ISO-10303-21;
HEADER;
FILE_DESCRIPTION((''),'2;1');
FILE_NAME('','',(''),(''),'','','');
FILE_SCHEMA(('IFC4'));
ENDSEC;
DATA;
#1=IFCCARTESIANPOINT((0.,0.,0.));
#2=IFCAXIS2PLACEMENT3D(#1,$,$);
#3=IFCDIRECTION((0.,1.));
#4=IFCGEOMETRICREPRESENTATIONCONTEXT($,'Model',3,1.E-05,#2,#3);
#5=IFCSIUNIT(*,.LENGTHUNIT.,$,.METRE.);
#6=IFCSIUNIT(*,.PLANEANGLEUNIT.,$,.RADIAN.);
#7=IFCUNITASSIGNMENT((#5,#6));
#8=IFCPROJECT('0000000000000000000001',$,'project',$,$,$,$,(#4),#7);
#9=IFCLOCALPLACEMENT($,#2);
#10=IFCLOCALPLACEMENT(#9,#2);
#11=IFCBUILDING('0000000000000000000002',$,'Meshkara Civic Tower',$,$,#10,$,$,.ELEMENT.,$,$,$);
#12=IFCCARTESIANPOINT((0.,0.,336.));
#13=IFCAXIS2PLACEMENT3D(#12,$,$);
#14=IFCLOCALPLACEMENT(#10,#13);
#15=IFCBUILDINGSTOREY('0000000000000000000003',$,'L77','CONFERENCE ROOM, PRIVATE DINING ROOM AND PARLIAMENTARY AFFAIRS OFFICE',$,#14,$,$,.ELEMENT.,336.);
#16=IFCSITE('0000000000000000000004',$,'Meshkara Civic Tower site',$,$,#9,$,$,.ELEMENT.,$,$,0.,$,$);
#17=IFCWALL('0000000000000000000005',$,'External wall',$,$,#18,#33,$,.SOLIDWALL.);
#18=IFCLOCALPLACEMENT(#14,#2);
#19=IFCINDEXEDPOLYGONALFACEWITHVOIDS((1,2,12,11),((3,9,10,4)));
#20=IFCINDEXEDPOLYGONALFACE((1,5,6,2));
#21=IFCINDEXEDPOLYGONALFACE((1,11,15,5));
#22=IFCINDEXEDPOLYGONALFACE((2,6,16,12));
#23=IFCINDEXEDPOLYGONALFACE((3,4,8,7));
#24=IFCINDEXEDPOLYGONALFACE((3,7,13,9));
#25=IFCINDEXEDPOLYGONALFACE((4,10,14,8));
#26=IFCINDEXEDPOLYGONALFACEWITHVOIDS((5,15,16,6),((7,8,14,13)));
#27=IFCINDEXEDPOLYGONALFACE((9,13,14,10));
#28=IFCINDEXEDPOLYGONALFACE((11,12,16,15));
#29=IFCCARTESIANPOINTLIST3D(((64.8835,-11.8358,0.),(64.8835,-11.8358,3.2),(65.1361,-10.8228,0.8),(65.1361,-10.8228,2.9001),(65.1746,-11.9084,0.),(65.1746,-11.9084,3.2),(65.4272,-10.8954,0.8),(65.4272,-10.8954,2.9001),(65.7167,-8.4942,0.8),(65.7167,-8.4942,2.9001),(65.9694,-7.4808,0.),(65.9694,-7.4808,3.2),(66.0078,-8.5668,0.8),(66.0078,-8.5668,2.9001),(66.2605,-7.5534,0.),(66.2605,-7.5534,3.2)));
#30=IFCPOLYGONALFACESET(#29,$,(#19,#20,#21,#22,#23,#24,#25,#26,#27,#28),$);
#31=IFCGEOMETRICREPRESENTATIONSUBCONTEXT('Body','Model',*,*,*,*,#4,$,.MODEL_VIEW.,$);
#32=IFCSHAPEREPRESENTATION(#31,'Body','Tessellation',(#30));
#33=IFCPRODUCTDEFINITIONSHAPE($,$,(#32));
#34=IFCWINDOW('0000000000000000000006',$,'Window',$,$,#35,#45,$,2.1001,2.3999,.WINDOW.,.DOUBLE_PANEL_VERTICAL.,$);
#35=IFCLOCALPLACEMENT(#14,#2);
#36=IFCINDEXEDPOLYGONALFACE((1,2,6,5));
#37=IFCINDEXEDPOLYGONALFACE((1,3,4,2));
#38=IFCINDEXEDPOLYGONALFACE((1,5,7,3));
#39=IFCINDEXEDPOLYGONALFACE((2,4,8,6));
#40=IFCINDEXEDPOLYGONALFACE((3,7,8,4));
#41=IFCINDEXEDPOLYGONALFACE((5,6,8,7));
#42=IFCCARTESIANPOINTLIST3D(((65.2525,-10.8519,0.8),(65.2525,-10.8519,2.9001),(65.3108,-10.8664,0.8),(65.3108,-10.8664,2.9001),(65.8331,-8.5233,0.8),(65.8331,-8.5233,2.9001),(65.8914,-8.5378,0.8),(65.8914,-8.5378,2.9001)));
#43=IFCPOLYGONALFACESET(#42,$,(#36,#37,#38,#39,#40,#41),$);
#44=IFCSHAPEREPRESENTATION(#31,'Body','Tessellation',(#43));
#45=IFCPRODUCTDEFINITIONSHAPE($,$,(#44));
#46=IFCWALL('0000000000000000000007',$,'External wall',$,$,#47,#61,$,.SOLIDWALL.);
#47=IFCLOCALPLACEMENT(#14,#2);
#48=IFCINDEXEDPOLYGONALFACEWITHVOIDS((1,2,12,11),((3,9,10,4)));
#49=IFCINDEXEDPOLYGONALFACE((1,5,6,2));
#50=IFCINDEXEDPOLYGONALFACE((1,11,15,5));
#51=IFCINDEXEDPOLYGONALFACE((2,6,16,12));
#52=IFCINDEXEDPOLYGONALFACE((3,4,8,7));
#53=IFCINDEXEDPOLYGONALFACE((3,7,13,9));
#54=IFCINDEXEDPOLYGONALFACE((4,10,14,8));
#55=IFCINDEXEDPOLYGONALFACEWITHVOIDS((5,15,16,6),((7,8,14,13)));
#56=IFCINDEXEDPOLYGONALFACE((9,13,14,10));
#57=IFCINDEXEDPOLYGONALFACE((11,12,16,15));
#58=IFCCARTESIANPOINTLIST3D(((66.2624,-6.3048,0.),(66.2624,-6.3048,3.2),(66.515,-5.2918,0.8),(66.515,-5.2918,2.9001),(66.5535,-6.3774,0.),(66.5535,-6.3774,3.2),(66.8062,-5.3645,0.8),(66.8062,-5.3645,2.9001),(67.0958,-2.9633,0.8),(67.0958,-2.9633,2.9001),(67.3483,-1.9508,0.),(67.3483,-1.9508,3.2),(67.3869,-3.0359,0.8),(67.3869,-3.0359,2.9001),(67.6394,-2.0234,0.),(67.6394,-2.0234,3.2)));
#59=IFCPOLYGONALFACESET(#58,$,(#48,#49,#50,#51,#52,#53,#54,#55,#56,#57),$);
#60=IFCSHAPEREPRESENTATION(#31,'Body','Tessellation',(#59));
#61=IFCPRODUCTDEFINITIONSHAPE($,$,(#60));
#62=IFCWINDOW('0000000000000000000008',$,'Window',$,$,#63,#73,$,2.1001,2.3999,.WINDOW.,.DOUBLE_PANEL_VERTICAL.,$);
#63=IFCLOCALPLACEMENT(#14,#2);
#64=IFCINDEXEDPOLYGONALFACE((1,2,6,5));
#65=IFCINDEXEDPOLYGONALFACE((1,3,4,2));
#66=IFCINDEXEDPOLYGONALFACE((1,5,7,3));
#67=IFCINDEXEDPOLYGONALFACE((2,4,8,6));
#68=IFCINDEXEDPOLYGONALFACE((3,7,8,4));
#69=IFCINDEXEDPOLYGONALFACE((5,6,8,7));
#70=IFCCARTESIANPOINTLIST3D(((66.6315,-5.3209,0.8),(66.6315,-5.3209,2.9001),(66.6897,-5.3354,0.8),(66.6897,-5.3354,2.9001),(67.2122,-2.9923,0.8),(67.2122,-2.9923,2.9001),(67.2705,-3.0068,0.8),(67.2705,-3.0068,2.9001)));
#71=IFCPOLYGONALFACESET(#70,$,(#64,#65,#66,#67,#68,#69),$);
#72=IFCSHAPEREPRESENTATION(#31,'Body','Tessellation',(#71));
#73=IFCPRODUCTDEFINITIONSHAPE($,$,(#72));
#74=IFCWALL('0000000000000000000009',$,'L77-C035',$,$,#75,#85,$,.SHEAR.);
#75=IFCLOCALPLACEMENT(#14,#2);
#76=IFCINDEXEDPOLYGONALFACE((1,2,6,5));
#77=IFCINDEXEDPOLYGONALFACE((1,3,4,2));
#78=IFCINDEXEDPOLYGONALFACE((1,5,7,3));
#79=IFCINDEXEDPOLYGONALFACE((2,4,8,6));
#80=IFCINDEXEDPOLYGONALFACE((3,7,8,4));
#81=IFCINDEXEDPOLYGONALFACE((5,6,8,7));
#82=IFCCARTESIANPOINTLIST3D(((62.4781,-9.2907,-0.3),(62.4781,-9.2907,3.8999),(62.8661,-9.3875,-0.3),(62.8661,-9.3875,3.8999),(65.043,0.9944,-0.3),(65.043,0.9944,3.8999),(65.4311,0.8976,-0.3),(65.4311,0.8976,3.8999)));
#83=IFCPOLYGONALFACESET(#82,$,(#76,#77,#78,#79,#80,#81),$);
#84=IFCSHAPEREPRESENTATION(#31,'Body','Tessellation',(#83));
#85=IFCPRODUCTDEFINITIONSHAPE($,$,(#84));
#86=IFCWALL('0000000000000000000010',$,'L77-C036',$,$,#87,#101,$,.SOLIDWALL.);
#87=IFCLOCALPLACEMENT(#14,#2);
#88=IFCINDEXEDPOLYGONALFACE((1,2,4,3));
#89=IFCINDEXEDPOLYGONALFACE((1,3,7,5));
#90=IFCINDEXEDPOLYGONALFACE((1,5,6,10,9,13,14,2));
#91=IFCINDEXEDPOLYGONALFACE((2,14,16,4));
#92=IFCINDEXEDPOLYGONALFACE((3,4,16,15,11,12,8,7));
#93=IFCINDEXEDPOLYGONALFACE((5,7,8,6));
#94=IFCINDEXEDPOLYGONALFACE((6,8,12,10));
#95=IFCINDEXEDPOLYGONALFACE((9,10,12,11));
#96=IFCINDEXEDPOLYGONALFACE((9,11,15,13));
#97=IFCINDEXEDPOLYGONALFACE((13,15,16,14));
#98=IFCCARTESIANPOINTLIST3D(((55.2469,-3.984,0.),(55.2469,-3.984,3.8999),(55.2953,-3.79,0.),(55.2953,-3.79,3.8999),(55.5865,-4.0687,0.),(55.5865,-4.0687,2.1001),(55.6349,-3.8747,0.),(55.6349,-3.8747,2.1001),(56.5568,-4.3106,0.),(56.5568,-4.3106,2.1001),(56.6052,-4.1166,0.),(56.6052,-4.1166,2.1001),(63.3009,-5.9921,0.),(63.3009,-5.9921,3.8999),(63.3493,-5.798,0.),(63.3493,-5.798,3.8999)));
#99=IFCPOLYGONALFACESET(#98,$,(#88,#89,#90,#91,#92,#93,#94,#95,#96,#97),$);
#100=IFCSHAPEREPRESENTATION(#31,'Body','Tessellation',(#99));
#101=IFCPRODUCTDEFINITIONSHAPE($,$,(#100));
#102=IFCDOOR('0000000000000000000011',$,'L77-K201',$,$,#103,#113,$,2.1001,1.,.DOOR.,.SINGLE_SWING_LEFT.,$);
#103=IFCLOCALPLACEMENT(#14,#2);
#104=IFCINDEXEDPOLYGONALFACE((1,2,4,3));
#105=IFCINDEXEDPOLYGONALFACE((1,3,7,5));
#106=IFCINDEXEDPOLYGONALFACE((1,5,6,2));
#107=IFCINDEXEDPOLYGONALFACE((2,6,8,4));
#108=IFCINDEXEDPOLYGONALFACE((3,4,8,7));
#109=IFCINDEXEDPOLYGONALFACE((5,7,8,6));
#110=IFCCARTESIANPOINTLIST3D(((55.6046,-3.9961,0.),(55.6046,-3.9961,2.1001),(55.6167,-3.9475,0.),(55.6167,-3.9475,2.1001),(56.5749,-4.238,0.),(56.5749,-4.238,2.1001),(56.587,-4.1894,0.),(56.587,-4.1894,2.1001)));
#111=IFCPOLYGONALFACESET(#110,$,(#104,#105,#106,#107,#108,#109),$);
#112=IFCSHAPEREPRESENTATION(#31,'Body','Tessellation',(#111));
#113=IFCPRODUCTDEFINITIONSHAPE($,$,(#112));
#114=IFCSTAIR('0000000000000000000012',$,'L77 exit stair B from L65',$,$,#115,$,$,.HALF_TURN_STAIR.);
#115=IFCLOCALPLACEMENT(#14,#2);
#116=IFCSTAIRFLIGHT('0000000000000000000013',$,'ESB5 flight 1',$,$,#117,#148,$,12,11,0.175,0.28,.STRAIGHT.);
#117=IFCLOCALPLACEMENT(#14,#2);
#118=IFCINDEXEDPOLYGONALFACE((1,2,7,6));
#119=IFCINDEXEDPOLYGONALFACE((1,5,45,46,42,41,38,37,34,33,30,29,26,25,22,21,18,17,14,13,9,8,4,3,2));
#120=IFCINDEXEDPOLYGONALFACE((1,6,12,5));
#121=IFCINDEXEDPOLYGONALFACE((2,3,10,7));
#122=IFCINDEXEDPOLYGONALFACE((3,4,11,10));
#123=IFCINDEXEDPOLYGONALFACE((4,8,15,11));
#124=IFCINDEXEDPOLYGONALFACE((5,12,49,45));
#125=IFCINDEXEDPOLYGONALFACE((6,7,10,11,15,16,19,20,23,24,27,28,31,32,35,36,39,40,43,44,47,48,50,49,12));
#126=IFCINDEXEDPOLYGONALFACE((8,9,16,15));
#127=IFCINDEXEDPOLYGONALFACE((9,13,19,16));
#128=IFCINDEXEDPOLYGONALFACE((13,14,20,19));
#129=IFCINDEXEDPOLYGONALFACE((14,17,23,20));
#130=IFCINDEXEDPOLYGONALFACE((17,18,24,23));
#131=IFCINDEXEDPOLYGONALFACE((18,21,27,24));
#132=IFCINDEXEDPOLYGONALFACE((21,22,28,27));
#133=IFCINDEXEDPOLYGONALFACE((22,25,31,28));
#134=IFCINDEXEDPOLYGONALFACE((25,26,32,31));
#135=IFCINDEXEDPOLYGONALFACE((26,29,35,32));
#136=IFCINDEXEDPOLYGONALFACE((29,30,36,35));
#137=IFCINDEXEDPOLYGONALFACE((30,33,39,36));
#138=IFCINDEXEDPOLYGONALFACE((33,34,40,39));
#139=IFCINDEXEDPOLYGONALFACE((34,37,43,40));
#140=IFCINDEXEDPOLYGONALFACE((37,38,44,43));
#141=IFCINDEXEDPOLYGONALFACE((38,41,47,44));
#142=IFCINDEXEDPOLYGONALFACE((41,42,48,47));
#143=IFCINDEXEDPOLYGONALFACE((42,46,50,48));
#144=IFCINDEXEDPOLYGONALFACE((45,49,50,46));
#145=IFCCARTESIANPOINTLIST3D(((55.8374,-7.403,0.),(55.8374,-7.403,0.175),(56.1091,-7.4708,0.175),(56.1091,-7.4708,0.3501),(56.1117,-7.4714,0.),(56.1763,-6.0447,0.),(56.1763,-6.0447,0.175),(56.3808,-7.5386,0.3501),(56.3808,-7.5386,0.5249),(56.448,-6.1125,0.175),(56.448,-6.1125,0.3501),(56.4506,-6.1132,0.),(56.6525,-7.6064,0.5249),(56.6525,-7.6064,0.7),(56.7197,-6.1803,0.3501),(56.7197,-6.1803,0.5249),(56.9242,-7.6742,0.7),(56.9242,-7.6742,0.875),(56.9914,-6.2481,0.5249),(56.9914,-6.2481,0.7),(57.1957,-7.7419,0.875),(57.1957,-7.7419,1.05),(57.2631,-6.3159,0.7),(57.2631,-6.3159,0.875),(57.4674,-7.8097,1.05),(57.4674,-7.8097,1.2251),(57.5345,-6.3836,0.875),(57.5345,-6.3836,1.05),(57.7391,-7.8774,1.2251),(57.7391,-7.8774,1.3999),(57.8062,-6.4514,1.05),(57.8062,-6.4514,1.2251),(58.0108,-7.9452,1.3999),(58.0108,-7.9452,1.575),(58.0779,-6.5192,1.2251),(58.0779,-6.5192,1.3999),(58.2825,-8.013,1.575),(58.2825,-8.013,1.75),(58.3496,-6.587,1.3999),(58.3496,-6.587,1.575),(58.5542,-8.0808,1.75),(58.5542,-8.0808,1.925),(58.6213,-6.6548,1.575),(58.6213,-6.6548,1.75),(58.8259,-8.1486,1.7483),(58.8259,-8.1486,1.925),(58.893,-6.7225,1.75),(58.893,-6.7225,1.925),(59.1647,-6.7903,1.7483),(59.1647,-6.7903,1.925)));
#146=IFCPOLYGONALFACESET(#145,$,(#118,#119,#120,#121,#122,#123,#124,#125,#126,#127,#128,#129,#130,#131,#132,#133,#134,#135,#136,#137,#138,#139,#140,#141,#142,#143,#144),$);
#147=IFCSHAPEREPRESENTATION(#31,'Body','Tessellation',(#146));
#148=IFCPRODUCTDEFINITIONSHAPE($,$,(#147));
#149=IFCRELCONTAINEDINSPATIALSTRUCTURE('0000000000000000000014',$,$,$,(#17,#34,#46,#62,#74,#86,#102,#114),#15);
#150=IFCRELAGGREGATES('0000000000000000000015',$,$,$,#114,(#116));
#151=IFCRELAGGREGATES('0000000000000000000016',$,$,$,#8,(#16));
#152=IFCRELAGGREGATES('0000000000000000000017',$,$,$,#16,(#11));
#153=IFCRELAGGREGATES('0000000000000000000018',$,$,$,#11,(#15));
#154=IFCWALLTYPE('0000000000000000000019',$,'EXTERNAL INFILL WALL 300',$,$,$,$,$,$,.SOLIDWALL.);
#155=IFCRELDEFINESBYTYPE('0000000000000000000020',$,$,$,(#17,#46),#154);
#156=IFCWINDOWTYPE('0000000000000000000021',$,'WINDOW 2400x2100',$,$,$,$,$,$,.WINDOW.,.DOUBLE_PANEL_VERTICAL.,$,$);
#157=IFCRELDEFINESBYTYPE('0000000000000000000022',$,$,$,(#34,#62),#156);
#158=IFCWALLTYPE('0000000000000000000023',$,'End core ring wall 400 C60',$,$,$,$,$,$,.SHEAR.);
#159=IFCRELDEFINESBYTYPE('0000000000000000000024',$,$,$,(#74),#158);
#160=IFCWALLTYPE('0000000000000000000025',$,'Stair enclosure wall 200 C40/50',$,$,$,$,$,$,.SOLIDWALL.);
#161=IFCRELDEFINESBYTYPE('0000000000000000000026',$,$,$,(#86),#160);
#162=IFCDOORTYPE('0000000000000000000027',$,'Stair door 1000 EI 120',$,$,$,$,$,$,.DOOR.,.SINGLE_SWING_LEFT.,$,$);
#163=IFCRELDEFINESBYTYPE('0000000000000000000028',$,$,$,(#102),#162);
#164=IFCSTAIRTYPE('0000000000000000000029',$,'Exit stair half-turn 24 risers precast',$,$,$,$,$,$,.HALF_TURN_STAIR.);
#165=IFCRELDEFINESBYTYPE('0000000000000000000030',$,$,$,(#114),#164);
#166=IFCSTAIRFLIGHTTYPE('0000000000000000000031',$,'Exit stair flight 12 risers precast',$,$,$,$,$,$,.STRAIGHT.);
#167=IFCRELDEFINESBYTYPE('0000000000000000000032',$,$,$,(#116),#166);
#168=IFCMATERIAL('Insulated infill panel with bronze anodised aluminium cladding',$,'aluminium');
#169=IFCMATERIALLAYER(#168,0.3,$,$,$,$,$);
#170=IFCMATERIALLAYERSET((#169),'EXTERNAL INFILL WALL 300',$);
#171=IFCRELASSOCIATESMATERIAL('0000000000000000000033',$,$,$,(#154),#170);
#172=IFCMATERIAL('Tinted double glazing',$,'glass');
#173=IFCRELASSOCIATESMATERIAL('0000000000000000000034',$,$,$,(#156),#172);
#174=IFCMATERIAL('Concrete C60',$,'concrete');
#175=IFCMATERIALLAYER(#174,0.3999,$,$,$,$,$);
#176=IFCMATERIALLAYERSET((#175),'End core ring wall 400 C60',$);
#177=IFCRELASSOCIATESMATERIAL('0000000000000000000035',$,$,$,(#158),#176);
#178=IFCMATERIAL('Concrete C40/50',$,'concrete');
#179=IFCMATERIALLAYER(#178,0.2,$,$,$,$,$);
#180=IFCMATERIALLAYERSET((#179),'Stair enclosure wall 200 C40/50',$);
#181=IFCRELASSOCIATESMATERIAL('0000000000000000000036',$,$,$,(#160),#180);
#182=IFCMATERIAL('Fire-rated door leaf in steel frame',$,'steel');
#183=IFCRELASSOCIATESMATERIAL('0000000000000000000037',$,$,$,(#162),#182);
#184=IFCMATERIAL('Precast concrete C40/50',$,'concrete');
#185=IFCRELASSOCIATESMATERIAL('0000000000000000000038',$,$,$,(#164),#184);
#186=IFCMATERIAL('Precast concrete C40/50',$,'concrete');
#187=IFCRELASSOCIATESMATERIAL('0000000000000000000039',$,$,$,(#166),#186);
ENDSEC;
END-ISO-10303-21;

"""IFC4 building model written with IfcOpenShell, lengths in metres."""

from ifc_helpers import new_model, si_unit, direction, frame, frame_2d, origin, place, context, subcontext, project, spatial, polyline, rectangle, outline, extrude, material, layer, layer_set, type_object, element, fill, aggregate, save


model = new_model("IFC4")

# Units and contexts
model_context = context("Model", 3, precision=1e-05, world=origin(), true_north=direction((0.0, 1.0)))
body_context = subcontext(model_context, "Body", "Model", "MODEL_VIEW")
ifc_project = project(units=[si_unit("LENGTHUNIT", "METRE"), si_unit("PLANEANGLEUNIT", "RADIAN")], contexts=[model_context])

# Site, building, storey
site_placement = place(None, origin())
site = spatial("IfcSite", under=ifc_project, at=site_placement, Name="Meshkara Civic Tower site", CompositionType="ELEMENT", RefElevation=0.0)
building_placement = place(site_placement, origin())
building = spatial("IfcBuilding", under=site, at=building_placement, Name="Meshkara Civic Tower", CompositionType="ELEMENT")
storey_placement = place(building_placement, frame((0.0, 0.0, 336.0)))
storey = spatial("IfcBuildingStorey", under=building, at=storey_placement, Name="L77", Description="CONFERENCE ROOM, PRIVATE DINING ROOM AND PARLIAMENTARY AFFAIRS OFFICE", CompositionType="ELEMENT", Elevation=336.0)

# Walls, openings, windows
ifc_material_1 = material(Name="Insulated infill panel with bronze anodised aluminium cladding", Category="aluminium")
ifc_layer_1 = layer(ifc_material_1, 0.3)
ifc_layer_set_1 = layer_set([ifc_layer_1], Name="EXTERNAL INFILL WALL 300")
wall_type_1 = type_object("IfcWallType", Name="EXTERNAL INFILL WALL 300", PredefinedType="SOLIDWALL", material=ifc_layer_set_1)
ifc_material_2 = material(Name="Tinted double glazing", Category="glass")
window_type = type_object("IfcWindowType", Name="WINDOW 2400x2100", PartitioningType="DOUBLE_PANEL_VERTICAL", PredefinedType="WINDOW", material=ifc_material_2)
wall_1_placement = place(storey_placement, frame((65.0291, -11.8721, 0.0), z_axis=(0.0, 0.0, 1.0), x_axis=(0.241947, 0.97029, 0.0)))
wall_1 = element("IfcWall", 1, at=wall_1_placement, inside=storey, type_object=wall_type_1, Name="External wall", PredefinedType="SOLIDWALL", context=body_context, shape_type="SweptSolid", body=[
    extrude(rectangle(XDim=4.4883, YDim=0.3, at=frame_2d((2.2441, 0.0))), origin(), (0.0, 0.0, 1.0), 3.2),
])
opening_1_placement = place(wall_1_placement, frame((1.0439, 0.0, 0.8)))
opening_1 = element("IfcOpeningElement", 2, at=opening_1_placement, cuts=wall_1, PredefinedType="OPENING", context=body_context, shape_type="SweptSolid", body=[
    extrude(rectangle(XDim=2.3999, YDim=2.1001, at=frame_2d((1.2, 1.05))), frame((0.0, 0.1599, 0.0), z_axis=(0.0, -1.0, 0.0), x_axis=(1.0, 0.0, 0.0)), (0.0, 0.0, 1.0), 0.3201),
])
window_1_placement = place(opening_1_placement, origin())
window_1 = element("IfcWindow", 3, at=window_1_placement, inside=storey, type_object=window_type, Name="Window", OverallHeight=2.1001, OverallWidth=2.3999, PartitioningType="DOUBLE_PANEL_VERTICAL", PredefinedType="WINDOW", context=body_context, shape_type="SweptSolid", body=[
    extrude(rectangle(XDim=2.3999, YDim=2.1001, at=frame_2d((1.2, 1.05))), frame((0.0, 0.03, 0.0), z_axis=(0.0, -1.0, 0.0), x_axis=(1.0, 0.0, 0.0)), (0.0, 0.0, 1.0), 0.0601),
])
fill(opening_1, window_1)
wall_2_placement = place(storey_placement, frame((66.408, -6.3411, 0.0), z_axis=(0.0, 0.0, 1.0), x_axis=(0.241998, 0.970277, 0.0)))
wall_2 = element("IfcWall", 4, at=wall_2_placement, inside=storey, type_object=wall_type_1, Name="External wall", PredefinedType="SOLIDWALL", context=body_context, shape_type="SweptSolid", body=[
    extrude(rectangle(XDim=4.4873, YDim=0.3, at=frame_2d((2.2437, 0.0))), origin(), (0.0, 0.0, 1.0), 3.2),
])
opening_2_placement = place(wall_2_placement, frame((1.0439, 0.0, 0.8)))
opening_2 = element("IfcOpeningElement", 5, at=opening_2_placement, cuts=wall_2, PredefinedType="OPENING", context=body_context, shape_type="SweptSolid", body=[
    extrude(rectangle(XDim=2.3999, YDim=2.1001, at=frame_2d((1.2, 1.05))), frame((0.0, 0.1599, 0.0), z_axis=(0.0, -1.0, 0.0), x_axis=(1.0, 0.0, 0.0)), (0.0, 0.0, 1.0), 0.3201),
])
window_2_placement = place(opening_2_placement, origin())
window_2 = element("IfcWindow", 6, at=window_2_placement, inside=storey, type_object=window_type, Name="Window", OverallHeight=2.1001, OverallWidth=2.3999, PartitioningType="DOUBLE_PANEL_VERTICAL", PredefinedType="WINDOW", context=body_context, shape_type="SweptSolid", body=[
    extrude(rectangle(XDim=2.3999, YDim=2.1001, at=frame_2d((1.2, 1.05))), frame((0.0, 0.03, 0.0), z_axis=(0.0, -1.0, 0.0), x_axis=(1.0, 0.0, 0.0)), (0.0, 0.0, 1.0), 0.0601),
])
fill(opening_2, window_2)

# Wall
ifc_material_3 = material(Name="Concrete C60", Category="concrete")
ifc_layer_2 = layer(ifc_material_3, 0.3999)
ifc_layer_set_2 = layer_set([ifc_layer_2], Name="End core ring wall 400 C60")
wall_type_2 = type_object("IfcWallType", Name="End core ring wall 400 C60", PredefinedType="SHEAR", material=ifc_layer_set_2)
wall_3_placement = place(storey_placement, frame((62.6721, -9.3391, -0.3), z_axis=(0.0, 0.0, 1.0), x_axis=(0.241972, 0.970283, 0.0)))
element("IfcWall", 7, at=wall_3_placement, inside=storey, type_object=wall_type_2, Name="L77-C035", PredefinedType="SHEAR", context=body_context, shape_type="SweptSolid", body=[
    extrude(rectangle(XDim=10.6001, YDim=0.3999, at=frame_2d((5.3, 0.0))), origin(), (0.0, 0.0, 1.0), 4.2),
])

# Wall, opening, door
ifc_material_4 = material(Name="Concrete C40/50", Category="concrete")
ifc_layer_3 = layer(ifc_material_4, 0.2)
ifc_layer_set_3 = layer_set([ifc_layer_3], Name="Stair enclosure wall 200 C40/50")
wall_type_3 = type_object("IfcWallType", Name="Stair enclosure wall 200 C40/50", PredefinedType="SOLIDWALL", material=ifc_layer_set_3)
wall_4_placement = place(storey_placement, frame((55.271, -3.887, 0.0), z_axis=(0.0, 0.0, 1.0), x_axis=(0.970296, -0.24192, 0.0)))
wall_4 = element("IfcWall", 8, at=wall_4_placement, inside=storey, type_object=wall_type_3, Name="L77-C036", PredefinedType="SOLIDWALL", context=body_context, shape_type="SweptSolid", body=[
    extrude(rectangle(XDim=8.3005, YDim=0.2, at=frame_2d((4.1504, 0.0))), origin(), (0.0, 0.0, 1.0), 3.8999),
])
opening_3_placement = place(wall_4_placement, frame((0.3501, 0.0, 0.0)))
opening_3 = element("IfcOpeningElement", 9, at=opening_3_placement, cuts=wall_4, PredefinedType="OPENING", context=body_context, shape_type="SweptSolid", body=[
    extrude(rectangle(XDim=1.0, YDim=2.1001, at=frame_2d((0.5, 1.05))), frame((0.0, 0.1099, 0.0), z_axis=(0.0, -1.0, 0.0), x_axis=(1.0, 0.0, 0.0)), (0.0, 0.0, 1.0), 0.22),
])
ifc_material_5 = material(Name="Fire-rated door leaf in steel frame", Category="steel")
door_type = type_object("IfcDoorType", Name="Stair door 1000 EI 120", OperationType="SINGLE_SWING_LEFT", PredefinedType="DOOR", material=ifc_material_5)
door_placement = place(opening_3_placement, origin())
door = element("IfcDoor", 10, at=door_placement, inside=storey, type_object=door_type, Name="L77-K201", OperationType="SINGLE_SWING_LEFT", OverallHeight=2.1001, OverallWidth=1.0, PredefinedType="DOOR", context=body_context, shape_type="SweptSolid", body=[
    extrude(rectangle(XDim=1.0, YDim=2.1001, at=frame_2d((0.5, 1.05))), frame((0.0, 0.0249, 0.0), z_axis=(0.0, -1.0, 0.0), x_axis=(1.0, 0.0, 0.0)), (0.0, 0.0, 1.0), 0.05),
])
fill(opening_3, door)

# Stair, stair flight
ifc_material_6 = material(Name="Precast concrete C40/50", Category="concrete")
stair_type = type_object("IfcStairType", Name="Exit stair half-turn 24 risers precast", PredefinedType="HALF_TURN_STAIR", material=ifc_material_6)
stair_placement = place(storey_placement, origin())
stair = element("IfcStair", 11, at=stair_placement, inside=storey, type_object=stair_type, Name="L77 exit stair B from L65", PredefinedType="HALF_TURN_STAIR")
ifc_material_7 = material(Name="Precast concrete C40/50", Category="concrete")
stair_flight_type = type_object("IfcStairFlightType", Name="Exit stair flight 12 risers precast", PredefinedType="STRAIGHT", material=ifc_material_7)
stair_flight_1_placement = place(storey_placement, frame((56.0068, -6.7239, 0.0), z_axis=(0.0, 0.0, 1.0), x_axis=(0.97026, -0.242065, 0.0)))
stair_flight_1 = element("IfcStairFlight", 12, at=stair_flight_1_placement, type_object=stair_flight_type, Name="ESB5 flight 1", NumberOfRisers=12, NumberOfTreads=11, PredefinedType="STRAIGHT", RiserHeight=0.175, TreadLength=0.28, context=body_context, shape_type="SweptSolid", body=[
    extrude(outline(polyline([(0.0, 0.0), (0.0, 0.175), (0.28, 0.175), (0.28, 0.3501), (0.5601, 0.3501), (0.5601, 0.5249), (0.8401, 0.5249), (0.8401, 0.7), (1.1201, 0.7), (1.1201, 0.875), (1.3999, 0.875), (1.3999, 1.05), (1.6799, 1.05), (1.6799, 1.2251), (1.96, 1.2251), (1.96, 1.3999), (2.24, 1.3999), (2.24, 1.575), (2.52, 1.575), (2.52, 1.75), (2.8, 1.75), (2.8, 1.925), (3.0801, 1.925), (3.0801, 2.1001), (3.0801, 1.7483), (0.2827, 0.0), (0.0, 0.0)])), frame((0.0, 0.7, 0.0), z_axis=(0.0, -1.0, 0.0), x_axis=(1.0, 0.0, 0.0)), (0.0, 0.0, 1.0), 1.3999),
])
aggregate(stair, [stair_flight_1])

save(model, "model.ifc")
